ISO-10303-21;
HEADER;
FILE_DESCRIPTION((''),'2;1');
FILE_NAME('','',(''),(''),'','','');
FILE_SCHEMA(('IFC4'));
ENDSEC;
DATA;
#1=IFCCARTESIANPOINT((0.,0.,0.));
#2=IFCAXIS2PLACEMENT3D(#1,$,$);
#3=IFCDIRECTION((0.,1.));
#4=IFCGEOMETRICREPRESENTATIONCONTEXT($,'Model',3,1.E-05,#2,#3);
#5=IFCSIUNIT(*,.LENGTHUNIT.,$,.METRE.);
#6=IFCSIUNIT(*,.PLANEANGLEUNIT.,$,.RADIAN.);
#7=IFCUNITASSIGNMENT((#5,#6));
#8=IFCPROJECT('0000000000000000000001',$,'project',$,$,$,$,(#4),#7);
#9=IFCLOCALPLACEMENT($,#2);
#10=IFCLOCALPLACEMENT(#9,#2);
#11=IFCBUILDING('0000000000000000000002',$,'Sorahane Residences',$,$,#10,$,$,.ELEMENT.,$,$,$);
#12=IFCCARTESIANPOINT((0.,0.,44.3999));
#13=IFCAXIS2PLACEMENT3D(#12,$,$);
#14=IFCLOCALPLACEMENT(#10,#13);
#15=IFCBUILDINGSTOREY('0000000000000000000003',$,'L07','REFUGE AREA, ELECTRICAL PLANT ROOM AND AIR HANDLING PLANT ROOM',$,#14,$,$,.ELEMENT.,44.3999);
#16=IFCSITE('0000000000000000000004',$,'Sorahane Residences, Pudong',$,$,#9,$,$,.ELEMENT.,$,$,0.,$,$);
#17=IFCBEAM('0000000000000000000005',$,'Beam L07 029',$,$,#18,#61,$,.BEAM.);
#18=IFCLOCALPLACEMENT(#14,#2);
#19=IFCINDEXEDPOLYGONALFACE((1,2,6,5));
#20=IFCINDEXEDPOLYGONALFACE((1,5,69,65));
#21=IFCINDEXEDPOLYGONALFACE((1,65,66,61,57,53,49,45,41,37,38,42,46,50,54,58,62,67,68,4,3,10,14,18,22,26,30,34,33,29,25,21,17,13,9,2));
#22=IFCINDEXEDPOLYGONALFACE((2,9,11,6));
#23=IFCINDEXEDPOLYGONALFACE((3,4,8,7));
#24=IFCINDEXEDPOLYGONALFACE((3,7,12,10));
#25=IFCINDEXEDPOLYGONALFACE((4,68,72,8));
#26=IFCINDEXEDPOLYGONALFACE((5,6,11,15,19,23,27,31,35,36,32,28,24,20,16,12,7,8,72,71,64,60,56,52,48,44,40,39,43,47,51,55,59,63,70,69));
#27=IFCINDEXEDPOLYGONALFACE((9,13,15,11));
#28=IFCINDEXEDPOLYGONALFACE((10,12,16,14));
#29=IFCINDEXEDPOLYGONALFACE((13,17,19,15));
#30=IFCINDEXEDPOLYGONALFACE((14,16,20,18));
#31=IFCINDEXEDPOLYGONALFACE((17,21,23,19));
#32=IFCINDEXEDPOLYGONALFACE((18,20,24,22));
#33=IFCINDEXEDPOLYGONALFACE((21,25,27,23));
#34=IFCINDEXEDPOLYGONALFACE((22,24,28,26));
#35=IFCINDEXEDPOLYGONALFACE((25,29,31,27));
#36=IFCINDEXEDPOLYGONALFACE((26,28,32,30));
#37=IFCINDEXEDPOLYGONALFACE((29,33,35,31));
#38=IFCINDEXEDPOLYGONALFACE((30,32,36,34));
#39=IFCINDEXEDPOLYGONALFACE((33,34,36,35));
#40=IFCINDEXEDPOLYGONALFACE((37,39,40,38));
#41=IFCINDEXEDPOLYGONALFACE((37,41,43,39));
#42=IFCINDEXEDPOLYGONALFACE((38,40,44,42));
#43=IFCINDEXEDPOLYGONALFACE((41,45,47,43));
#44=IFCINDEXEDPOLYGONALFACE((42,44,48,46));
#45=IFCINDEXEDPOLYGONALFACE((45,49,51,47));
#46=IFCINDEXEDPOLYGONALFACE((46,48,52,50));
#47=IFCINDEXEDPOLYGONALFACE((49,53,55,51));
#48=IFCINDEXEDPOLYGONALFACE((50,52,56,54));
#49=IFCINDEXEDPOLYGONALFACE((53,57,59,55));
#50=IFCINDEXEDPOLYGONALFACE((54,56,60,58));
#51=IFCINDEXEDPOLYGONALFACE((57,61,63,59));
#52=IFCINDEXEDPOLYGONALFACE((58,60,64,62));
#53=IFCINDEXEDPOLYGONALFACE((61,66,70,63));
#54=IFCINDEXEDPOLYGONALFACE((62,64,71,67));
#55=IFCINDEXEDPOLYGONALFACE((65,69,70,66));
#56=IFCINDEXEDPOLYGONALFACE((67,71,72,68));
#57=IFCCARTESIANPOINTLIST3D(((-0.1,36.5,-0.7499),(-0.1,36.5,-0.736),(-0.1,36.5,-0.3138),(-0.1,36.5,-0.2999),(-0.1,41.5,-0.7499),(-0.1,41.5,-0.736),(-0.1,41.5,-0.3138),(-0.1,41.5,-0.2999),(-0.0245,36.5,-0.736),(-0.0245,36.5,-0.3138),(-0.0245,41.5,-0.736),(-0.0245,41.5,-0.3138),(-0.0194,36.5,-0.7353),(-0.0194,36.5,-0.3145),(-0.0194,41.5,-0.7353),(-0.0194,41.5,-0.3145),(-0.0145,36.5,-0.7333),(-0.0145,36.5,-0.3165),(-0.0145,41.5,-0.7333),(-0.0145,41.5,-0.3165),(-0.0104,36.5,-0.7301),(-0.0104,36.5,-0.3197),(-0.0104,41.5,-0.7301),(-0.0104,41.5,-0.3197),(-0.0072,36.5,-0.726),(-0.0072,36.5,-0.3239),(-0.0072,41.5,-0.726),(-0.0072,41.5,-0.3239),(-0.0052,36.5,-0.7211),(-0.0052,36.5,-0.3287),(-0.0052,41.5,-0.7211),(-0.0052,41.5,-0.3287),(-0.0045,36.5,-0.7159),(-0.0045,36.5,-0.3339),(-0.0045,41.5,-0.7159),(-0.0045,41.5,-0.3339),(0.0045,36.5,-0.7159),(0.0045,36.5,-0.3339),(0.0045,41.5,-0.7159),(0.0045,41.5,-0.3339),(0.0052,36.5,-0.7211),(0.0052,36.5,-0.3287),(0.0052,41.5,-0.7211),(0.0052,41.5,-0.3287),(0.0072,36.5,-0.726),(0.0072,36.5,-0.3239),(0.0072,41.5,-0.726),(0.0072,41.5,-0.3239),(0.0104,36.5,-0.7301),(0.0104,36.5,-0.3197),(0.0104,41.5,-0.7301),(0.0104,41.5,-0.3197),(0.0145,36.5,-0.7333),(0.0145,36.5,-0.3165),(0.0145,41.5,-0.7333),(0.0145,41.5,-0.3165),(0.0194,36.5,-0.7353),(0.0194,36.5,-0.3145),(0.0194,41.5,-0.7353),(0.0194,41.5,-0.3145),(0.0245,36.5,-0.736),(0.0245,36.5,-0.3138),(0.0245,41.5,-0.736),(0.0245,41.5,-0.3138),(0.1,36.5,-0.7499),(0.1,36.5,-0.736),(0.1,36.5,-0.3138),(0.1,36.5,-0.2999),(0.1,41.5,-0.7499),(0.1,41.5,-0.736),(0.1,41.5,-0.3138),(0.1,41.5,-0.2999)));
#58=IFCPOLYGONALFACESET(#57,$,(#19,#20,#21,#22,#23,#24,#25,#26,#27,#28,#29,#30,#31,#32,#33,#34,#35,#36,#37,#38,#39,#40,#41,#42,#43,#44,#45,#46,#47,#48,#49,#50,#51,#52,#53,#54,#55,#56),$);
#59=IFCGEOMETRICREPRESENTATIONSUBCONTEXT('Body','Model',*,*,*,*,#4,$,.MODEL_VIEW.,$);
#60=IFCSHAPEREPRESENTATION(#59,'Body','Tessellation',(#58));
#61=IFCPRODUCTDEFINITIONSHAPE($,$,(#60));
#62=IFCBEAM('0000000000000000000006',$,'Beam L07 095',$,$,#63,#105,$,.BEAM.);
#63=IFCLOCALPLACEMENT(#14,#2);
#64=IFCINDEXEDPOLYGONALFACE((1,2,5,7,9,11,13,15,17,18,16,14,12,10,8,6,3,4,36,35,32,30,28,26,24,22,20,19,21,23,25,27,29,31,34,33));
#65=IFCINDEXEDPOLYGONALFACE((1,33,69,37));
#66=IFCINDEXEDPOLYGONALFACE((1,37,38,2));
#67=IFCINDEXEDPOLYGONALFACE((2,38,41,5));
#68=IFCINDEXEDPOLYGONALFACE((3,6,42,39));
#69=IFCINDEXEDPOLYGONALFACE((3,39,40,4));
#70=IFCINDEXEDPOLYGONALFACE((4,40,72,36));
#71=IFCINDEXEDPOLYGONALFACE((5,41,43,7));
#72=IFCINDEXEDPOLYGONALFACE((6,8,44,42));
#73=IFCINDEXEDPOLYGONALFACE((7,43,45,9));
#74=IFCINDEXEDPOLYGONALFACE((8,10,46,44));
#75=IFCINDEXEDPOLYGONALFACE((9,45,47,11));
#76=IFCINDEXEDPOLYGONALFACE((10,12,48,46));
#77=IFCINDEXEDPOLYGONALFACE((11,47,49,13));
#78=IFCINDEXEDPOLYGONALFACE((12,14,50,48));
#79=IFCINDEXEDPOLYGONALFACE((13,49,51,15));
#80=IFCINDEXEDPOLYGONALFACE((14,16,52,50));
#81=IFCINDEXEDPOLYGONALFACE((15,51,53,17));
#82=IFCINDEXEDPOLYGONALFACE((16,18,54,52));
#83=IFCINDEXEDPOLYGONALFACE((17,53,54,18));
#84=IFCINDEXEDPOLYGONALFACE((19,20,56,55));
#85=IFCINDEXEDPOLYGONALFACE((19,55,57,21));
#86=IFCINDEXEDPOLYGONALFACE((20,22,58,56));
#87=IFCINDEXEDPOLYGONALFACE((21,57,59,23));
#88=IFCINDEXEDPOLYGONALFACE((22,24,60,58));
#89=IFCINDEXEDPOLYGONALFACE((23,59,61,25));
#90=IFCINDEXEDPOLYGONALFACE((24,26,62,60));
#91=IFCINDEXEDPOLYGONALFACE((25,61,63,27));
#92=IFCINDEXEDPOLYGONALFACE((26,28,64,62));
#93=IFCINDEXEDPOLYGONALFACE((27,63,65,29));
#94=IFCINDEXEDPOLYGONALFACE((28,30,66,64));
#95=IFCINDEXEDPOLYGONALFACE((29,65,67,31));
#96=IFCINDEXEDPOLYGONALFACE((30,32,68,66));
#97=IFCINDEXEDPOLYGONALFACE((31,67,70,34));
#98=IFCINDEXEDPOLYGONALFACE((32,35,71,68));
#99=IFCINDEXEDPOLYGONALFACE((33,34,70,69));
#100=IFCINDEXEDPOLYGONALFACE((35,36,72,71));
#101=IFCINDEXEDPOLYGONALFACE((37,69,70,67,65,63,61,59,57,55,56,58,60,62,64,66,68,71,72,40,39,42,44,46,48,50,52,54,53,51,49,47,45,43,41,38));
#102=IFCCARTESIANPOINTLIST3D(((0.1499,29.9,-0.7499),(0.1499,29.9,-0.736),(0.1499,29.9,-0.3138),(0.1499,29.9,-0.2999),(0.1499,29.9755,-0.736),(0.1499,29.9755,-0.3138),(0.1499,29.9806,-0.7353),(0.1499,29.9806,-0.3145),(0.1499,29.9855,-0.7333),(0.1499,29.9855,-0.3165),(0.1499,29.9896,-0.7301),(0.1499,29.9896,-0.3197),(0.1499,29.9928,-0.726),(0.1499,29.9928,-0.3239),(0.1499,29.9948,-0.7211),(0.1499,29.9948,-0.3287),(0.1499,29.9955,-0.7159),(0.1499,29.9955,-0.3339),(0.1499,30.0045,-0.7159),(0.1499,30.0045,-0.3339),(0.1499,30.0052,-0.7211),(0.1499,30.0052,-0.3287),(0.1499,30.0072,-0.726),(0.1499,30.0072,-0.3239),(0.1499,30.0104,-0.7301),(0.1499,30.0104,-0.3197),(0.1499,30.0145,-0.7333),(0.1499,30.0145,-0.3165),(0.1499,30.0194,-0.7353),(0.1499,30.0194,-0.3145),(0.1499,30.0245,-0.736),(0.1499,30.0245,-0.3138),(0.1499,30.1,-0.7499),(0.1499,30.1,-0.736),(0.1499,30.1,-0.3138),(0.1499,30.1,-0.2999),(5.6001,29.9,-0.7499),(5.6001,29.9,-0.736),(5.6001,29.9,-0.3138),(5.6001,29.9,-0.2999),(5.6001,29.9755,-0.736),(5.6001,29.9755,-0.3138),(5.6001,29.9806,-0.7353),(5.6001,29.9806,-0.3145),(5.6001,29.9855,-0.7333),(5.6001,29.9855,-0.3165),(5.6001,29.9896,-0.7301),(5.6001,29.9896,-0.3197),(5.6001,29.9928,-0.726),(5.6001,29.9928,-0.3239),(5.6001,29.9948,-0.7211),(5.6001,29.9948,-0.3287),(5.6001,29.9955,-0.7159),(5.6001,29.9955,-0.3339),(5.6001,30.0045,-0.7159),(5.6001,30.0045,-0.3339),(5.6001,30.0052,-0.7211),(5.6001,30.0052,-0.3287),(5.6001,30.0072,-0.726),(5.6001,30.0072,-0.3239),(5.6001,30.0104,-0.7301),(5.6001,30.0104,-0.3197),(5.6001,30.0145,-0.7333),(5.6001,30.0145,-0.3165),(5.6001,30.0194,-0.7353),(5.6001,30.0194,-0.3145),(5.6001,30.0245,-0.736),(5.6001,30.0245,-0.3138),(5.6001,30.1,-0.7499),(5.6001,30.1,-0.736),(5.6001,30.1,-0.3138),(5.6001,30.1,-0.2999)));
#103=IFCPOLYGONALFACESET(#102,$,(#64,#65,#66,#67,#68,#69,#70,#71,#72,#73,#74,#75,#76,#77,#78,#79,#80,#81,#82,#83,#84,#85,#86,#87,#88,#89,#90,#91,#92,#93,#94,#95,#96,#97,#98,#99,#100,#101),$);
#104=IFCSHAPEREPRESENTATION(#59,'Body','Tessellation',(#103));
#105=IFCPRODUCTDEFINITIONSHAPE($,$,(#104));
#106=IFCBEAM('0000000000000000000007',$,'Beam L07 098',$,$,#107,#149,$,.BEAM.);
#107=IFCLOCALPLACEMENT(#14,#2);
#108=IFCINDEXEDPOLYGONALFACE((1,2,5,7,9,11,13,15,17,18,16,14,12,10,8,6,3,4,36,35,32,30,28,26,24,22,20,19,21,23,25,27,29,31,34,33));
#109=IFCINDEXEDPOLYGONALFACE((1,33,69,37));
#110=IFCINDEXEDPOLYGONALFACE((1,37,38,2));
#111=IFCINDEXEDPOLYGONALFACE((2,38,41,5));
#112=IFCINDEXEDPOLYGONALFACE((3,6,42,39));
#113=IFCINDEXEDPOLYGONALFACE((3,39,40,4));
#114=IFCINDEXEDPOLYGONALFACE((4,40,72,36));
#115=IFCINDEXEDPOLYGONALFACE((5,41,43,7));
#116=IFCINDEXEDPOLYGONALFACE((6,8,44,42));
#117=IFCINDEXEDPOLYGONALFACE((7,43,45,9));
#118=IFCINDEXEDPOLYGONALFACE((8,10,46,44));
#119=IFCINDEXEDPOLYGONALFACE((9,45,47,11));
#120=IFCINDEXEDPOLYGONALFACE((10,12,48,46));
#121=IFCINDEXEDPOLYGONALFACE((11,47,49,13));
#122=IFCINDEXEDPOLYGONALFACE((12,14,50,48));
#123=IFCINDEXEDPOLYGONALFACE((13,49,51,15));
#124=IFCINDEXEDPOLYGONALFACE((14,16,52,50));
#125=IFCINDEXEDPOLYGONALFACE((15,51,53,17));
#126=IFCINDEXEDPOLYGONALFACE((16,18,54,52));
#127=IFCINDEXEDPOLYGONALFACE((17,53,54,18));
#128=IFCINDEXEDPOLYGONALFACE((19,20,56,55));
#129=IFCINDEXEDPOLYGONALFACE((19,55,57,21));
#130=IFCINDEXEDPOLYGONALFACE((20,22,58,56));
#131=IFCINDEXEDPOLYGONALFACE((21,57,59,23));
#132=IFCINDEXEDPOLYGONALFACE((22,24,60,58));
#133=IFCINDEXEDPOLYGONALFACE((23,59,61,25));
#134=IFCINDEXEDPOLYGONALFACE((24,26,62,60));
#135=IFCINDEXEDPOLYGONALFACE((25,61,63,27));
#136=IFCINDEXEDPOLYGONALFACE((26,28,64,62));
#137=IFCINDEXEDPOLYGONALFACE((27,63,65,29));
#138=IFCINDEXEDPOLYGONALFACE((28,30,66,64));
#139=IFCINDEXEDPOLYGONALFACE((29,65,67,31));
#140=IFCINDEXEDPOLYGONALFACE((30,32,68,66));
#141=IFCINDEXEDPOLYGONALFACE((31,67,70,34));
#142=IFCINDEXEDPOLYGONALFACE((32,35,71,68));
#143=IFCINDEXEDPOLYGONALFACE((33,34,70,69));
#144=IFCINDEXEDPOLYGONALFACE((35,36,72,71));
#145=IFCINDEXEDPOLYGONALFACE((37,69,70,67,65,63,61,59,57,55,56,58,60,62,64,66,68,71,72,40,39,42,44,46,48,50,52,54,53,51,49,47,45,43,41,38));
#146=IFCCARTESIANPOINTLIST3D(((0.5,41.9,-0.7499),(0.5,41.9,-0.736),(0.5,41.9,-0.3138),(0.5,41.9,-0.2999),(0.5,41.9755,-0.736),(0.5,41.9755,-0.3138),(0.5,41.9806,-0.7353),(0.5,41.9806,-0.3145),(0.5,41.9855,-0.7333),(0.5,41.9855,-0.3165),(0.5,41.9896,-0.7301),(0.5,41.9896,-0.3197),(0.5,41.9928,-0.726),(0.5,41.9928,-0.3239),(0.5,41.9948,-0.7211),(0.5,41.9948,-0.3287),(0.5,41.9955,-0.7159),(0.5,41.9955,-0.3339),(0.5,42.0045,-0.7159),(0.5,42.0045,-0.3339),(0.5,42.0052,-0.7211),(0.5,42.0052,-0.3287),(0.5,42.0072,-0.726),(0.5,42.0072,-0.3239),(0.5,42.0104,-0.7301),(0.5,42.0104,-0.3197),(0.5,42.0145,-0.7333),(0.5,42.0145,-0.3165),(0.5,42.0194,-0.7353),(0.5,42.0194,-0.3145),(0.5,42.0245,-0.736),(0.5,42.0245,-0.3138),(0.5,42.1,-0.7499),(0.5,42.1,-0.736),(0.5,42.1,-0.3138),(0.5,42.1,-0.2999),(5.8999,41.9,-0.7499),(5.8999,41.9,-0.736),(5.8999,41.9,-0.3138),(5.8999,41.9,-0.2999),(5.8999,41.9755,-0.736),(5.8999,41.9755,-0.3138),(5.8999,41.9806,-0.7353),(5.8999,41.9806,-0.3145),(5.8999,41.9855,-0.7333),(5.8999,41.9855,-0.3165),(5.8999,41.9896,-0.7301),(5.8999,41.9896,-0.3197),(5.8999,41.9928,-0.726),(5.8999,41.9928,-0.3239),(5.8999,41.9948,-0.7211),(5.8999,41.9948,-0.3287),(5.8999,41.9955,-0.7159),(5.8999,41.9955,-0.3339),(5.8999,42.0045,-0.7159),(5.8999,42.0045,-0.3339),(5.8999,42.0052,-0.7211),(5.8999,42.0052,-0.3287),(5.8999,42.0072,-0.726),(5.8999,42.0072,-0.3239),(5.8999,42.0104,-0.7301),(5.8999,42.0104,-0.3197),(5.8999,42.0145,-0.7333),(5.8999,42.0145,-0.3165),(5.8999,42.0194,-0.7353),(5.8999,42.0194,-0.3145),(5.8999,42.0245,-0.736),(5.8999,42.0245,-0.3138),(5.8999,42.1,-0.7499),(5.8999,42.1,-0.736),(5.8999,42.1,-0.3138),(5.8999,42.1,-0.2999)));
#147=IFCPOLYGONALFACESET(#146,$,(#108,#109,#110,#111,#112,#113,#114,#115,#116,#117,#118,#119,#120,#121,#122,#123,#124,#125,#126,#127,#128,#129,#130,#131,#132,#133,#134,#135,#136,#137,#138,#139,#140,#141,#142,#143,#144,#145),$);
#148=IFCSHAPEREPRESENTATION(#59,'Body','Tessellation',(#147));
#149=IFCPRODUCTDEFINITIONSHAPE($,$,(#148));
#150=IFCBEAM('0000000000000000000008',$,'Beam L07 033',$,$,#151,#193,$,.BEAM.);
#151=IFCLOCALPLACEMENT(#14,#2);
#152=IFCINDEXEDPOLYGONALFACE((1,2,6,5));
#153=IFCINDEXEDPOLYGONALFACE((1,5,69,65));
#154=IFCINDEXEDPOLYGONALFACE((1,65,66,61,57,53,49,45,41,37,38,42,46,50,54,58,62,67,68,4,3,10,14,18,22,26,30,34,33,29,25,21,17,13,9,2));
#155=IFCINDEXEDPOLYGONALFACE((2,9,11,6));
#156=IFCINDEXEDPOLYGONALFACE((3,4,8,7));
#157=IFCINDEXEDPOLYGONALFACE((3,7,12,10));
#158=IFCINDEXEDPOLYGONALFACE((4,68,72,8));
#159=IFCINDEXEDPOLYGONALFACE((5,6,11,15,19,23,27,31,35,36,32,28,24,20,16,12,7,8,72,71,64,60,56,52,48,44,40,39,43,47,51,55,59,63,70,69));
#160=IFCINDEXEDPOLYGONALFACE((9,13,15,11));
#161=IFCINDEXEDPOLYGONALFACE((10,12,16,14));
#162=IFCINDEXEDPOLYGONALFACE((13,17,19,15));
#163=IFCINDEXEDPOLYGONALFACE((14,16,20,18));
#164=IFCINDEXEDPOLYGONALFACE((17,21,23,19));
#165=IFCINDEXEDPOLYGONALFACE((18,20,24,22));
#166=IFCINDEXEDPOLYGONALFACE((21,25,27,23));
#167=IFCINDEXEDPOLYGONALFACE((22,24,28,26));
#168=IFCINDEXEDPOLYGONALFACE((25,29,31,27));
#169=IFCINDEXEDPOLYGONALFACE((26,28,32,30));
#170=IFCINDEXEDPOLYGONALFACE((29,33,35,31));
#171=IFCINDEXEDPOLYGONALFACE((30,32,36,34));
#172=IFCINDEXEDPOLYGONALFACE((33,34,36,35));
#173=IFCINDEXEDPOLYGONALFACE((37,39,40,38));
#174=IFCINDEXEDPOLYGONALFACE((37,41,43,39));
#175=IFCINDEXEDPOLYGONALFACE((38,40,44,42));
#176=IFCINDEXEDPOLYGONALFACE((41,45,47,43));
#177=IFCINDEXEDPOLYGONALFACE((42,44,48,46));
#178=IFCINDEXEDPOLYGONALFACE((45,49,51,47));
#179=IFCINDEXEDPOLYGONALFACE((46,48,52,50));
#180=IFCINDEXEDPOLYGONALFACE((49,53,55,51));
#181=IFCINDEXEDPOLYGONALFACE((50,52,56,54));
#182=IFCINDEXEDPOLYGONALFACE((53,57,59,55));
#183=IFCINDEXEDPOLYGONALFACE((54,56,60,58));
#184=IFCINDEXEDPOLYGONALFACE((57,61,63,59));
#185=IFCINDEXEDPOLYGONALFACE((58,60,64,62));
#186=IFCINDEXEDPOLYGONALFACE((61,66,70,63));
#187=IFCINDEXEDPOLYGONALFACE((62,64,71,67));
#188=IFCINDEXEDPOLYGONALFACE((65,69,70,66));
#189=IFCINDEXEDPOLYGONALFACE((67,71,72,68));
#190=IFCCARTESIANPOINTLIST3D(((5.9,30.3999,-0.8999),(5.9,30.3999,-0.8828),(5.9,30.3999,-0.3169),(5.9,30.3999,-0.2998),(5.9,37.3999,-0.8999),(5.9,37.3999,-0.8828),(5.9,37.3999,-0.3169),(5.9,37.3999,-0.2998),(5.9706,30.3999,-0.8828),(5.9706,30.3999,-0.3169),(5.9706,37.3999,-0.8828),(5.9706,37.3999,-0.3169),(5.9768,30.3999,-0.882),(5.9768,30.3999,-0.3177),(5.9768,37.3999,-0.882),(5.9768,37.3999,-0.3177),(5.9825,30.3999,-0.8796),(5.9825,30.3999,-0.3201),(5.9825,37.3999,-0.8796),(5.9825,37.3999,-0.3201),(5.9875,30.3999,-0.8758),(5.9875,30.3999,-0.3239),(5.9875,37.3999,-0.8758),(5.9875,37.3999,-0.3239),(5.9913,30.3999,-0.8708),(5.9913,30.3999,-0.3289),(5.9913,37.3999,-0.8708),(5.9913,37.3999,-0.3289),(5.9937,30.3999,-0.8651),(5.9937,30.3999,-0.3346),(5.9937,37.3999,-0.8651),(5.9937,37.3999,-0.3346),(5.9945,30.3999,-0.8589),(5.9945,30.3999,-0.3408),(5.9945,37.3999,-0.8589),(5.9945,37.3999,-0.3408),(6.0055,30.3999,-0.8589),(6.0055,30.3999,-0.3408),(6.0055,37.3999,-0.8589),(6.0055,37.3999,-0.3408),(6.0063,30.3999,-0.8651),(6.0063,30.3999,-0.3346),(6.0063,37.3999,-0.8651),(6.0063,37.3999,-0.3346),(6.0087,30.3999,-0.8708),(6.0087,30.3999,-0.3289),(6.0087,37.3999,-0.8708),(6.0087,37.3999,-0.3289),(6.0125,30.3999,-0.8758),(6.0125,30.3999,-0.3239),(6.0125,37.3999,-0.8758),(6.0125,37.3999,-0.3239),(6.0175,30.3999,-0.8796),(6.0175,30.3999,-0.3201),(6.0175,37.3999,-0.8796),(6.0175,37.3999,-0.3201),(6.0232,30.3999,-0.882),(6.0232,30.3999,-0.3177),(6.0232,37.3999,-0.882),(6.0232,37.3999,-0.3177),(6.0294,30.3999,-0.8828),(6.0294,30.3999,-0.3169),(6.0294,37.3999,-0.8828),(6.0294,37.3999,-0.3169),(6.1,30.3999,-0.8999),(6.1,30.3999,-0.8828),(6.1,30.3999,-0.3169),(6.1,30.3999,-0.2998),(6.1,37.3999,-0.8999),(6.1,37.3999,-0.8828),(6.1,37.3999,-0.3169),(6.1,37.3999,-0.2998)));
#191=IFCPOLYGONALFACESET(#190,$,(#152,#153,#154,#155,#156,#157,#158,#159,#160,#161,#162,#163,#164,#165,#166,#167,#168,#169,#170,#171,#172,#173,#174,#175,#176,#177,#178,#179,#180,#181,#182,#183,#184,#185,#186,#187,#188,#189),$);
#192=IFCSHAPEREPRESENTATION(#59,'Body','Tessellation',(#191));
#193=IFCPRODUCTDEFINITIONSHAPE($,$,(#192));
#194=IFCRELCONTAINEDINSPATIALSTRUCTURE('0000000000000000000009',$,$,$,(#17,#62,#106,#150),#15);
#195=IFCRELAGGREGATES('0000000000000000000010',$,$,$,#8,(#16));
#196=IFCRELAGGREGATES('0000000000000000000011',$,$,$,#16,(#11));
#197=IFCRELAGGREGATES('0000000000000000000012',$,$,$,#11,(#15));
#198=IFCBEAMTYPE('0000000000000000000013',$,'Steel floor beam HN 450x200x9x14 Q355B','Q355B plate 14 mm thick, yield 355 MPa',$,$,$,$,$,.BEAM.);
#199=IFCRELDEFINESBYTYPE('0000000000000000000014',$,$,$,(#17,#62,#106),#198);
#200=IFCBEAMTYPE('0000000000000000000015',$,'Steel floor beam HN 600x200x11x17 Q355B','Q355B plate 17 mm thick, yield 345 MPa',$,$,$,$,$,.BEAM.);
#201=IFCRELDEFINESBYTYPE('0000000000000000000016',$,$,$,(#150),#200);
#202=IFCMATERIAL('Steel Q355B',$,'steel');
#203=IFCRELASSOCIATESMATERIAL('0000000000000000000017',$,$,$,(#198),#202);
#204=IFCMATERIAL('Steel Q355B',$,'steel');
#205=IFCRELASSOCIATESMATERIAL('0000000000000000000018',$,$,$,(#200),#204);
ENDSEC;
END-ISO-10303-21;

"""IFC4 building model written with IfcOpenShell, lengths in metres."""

from ifc_helpers import new_model, si_unit, direction, frame, origin, origin_2d, place, context, subcontext, project, spatial, i_section, extrude, material, material_profile, profile_set, type_object, element, save


model = new_model("IFC4")

# Units and contexts
model_context = context("Model", 3, precision=1e-05, world=origin(), true_north=direction((0.0, 1.0)))
body_context = subcontext(model_context, "Body", "Model", "MODEL_VIEW")
ifc_project = project(units=[si_unit("LENGTHUNIT", "METRE"), si_unit("PLANEANGLEUNIT", "RADIAN")], contexts=[model_context])

# Site, building, storey
site_placement = place(None, origin())
site = spatial("IfcSite", under=ifc_project, at=site_placement, Name="Sorahane Residences, Pudong", CompositionType="ELEMENT", RefElevation=0.0)
building_placement = place(site_placement, origin())
building = spatial("IfcBuilding", under=site, at=building_placement, Name="Sorahane Residences", CompositionType="ELEMENT")
storey_placement = place(building_placement, frame((0.0, 0.0, 44.3999)))
storey = spatial("IfcBuildingStorey", under=building, at=storey_placement, Name="L07", Description="REFUGE AREA, ELECTRICAL PLANT ROOM AND AIR HANDLING PLANT ROOM", CompositionType="ELEMENT", Elevation=44.3999)

# Beams
ifc_material_1 = material(Name="Steel Q355B", Category="steel")
ifc_material_profile_1 = material_profile(ifc_material_1, i_section(OverallWidth=0.2, OverallDepth=0.45, WebThickness=0.009, FlangeThickness=0.0139, FilletRadius=0.02, at=origin_2d()), Name="HN 450x200x9x14")
ifc_profile_set_1 = profile_set([ifc_material_profile_1], Name="Steel Q355B")
beam_type_1 = type_object("IfcBeamType", Name="Steel floor beam HN 450x200x9x14 Q355B", Description="Q355B plate 14 mm thick, yield 355 MPa", PredefinedType="BEAM", material=ifc_profile_set_1)
beam_1_placement = place(storey_placement, frame((0.0, 36.5, -0.5249), z_axis=(0.0, 1.0, 0.0), x_axis=(-1.0, 0.0, 0.0)))
element("IfcBeam", 1, at=beam_1_placement, inside=storey, type_object=beam_type_1, Name="Beam L07 029", PredefinedType="BEAM", context=body_context, shape_type="SweptSolid", body=[
    extrude(i_section(OverallWidth=0.2, OverallDepth=0.45, WebThickness=0.009, FlangeThickness=0.0139, FilletRadius=0.02, at=origin_2d()), origin(), (0.0, 0.0, 1.0), 5.0),
])
beam_2_placement = place(storey_placement, frame((0.1499, 30.0, -0.5249), z_axis=(1.0, 0.0, 0.0), x_axis=(0.0, 1.0, 0.0)))
element("IfcBeam", 2, at=beam_2_placement, inside=storey, type_object=beam_type_1, Name="Beam L07 095", PredefinedType="BEAM", context=body_context, shape_type="SweptSolid", body=[
    extrude(i_section(OverallWidth=0.2, OverallDepth=0.45, WebThickness=0.009, FlangeThickness=0.0139, FilletRadius=0.02, at=origin_2d()), origin(), (0.0, 0.0, 1.0), 5.4502),
])
beam_3_placement = place(storey_placement, frame((0.5, 42.0, -0.5249), z_axis=(1.0, 0.0, 0.0), x_axis=(0.0, 1.0, 0.0)))
element("IfcBeam", 3, at=beam_3_placement, inside=storey, type_object=beam_type_1, Name="Beam L07 098", PredefinedType="BEAM", context=body_context, shape_type="SweptSolid", body=[
    extrude(i_section(OverallWidth=0.2, OverallDepth=0.45, WebThickness=0.009, FlangeThickness=0.0139, FilletRadius=0.02, at=origin_2d()), origin(), (0.0, 0.0, 1.0), 5.3999),
])
ifc_material_2 = material(Name="Steel Q355B", Category="steel")
ifc_material_profile_2 = material_profile(ifc_material_2, i_section(OverallWidth=0.2, OverallDepth=0.6001, WebThickness=0.011, FlangeThickness=0.0171, FilletRadius=0.0239, at=origin_2d()), Name="HN 600x200x11x17")
ifc_profile_set_2 = profile_set([ifc_material_profile_2], Name="Steel Q355B")
beam_type_2 = type_object("IfcBeamType", Name="Steel floor beam HN 600x200x11x17 Q355B", Description="Q355B plate 17 mm thick, yield 345 MPa", PredefinedType="BEAM", material=ifc_profile_set_2)
for number, where, z_axis, x_axis, name in (
    (4, (6.0, 30.3999, -0.5999), (0.0, 1.0, 0.0), (-1.0, 0.0, 0.0), "Beam L07 033"),
):
    element("IfcBeam", number, at=place(storey_placement, frame(where, z_axis=z_axis, x_axis=x_axis)), inside=storey, type_object=beam_type_2, Name=name, PredefinedType="BEAM", context=body_context, shape_type="SweptSolid", body=[
        extrude(i_section(OverallWidth=0.2, OverallDepth=0.6001, WebThickness=0.011, FlangeThickness=0.0171, FilletRadius=0.0239, at=origin_2d()), origin(), (0.0, 0.0, 1.0), 7.0),
    ])

save(model, "model.ifc")
